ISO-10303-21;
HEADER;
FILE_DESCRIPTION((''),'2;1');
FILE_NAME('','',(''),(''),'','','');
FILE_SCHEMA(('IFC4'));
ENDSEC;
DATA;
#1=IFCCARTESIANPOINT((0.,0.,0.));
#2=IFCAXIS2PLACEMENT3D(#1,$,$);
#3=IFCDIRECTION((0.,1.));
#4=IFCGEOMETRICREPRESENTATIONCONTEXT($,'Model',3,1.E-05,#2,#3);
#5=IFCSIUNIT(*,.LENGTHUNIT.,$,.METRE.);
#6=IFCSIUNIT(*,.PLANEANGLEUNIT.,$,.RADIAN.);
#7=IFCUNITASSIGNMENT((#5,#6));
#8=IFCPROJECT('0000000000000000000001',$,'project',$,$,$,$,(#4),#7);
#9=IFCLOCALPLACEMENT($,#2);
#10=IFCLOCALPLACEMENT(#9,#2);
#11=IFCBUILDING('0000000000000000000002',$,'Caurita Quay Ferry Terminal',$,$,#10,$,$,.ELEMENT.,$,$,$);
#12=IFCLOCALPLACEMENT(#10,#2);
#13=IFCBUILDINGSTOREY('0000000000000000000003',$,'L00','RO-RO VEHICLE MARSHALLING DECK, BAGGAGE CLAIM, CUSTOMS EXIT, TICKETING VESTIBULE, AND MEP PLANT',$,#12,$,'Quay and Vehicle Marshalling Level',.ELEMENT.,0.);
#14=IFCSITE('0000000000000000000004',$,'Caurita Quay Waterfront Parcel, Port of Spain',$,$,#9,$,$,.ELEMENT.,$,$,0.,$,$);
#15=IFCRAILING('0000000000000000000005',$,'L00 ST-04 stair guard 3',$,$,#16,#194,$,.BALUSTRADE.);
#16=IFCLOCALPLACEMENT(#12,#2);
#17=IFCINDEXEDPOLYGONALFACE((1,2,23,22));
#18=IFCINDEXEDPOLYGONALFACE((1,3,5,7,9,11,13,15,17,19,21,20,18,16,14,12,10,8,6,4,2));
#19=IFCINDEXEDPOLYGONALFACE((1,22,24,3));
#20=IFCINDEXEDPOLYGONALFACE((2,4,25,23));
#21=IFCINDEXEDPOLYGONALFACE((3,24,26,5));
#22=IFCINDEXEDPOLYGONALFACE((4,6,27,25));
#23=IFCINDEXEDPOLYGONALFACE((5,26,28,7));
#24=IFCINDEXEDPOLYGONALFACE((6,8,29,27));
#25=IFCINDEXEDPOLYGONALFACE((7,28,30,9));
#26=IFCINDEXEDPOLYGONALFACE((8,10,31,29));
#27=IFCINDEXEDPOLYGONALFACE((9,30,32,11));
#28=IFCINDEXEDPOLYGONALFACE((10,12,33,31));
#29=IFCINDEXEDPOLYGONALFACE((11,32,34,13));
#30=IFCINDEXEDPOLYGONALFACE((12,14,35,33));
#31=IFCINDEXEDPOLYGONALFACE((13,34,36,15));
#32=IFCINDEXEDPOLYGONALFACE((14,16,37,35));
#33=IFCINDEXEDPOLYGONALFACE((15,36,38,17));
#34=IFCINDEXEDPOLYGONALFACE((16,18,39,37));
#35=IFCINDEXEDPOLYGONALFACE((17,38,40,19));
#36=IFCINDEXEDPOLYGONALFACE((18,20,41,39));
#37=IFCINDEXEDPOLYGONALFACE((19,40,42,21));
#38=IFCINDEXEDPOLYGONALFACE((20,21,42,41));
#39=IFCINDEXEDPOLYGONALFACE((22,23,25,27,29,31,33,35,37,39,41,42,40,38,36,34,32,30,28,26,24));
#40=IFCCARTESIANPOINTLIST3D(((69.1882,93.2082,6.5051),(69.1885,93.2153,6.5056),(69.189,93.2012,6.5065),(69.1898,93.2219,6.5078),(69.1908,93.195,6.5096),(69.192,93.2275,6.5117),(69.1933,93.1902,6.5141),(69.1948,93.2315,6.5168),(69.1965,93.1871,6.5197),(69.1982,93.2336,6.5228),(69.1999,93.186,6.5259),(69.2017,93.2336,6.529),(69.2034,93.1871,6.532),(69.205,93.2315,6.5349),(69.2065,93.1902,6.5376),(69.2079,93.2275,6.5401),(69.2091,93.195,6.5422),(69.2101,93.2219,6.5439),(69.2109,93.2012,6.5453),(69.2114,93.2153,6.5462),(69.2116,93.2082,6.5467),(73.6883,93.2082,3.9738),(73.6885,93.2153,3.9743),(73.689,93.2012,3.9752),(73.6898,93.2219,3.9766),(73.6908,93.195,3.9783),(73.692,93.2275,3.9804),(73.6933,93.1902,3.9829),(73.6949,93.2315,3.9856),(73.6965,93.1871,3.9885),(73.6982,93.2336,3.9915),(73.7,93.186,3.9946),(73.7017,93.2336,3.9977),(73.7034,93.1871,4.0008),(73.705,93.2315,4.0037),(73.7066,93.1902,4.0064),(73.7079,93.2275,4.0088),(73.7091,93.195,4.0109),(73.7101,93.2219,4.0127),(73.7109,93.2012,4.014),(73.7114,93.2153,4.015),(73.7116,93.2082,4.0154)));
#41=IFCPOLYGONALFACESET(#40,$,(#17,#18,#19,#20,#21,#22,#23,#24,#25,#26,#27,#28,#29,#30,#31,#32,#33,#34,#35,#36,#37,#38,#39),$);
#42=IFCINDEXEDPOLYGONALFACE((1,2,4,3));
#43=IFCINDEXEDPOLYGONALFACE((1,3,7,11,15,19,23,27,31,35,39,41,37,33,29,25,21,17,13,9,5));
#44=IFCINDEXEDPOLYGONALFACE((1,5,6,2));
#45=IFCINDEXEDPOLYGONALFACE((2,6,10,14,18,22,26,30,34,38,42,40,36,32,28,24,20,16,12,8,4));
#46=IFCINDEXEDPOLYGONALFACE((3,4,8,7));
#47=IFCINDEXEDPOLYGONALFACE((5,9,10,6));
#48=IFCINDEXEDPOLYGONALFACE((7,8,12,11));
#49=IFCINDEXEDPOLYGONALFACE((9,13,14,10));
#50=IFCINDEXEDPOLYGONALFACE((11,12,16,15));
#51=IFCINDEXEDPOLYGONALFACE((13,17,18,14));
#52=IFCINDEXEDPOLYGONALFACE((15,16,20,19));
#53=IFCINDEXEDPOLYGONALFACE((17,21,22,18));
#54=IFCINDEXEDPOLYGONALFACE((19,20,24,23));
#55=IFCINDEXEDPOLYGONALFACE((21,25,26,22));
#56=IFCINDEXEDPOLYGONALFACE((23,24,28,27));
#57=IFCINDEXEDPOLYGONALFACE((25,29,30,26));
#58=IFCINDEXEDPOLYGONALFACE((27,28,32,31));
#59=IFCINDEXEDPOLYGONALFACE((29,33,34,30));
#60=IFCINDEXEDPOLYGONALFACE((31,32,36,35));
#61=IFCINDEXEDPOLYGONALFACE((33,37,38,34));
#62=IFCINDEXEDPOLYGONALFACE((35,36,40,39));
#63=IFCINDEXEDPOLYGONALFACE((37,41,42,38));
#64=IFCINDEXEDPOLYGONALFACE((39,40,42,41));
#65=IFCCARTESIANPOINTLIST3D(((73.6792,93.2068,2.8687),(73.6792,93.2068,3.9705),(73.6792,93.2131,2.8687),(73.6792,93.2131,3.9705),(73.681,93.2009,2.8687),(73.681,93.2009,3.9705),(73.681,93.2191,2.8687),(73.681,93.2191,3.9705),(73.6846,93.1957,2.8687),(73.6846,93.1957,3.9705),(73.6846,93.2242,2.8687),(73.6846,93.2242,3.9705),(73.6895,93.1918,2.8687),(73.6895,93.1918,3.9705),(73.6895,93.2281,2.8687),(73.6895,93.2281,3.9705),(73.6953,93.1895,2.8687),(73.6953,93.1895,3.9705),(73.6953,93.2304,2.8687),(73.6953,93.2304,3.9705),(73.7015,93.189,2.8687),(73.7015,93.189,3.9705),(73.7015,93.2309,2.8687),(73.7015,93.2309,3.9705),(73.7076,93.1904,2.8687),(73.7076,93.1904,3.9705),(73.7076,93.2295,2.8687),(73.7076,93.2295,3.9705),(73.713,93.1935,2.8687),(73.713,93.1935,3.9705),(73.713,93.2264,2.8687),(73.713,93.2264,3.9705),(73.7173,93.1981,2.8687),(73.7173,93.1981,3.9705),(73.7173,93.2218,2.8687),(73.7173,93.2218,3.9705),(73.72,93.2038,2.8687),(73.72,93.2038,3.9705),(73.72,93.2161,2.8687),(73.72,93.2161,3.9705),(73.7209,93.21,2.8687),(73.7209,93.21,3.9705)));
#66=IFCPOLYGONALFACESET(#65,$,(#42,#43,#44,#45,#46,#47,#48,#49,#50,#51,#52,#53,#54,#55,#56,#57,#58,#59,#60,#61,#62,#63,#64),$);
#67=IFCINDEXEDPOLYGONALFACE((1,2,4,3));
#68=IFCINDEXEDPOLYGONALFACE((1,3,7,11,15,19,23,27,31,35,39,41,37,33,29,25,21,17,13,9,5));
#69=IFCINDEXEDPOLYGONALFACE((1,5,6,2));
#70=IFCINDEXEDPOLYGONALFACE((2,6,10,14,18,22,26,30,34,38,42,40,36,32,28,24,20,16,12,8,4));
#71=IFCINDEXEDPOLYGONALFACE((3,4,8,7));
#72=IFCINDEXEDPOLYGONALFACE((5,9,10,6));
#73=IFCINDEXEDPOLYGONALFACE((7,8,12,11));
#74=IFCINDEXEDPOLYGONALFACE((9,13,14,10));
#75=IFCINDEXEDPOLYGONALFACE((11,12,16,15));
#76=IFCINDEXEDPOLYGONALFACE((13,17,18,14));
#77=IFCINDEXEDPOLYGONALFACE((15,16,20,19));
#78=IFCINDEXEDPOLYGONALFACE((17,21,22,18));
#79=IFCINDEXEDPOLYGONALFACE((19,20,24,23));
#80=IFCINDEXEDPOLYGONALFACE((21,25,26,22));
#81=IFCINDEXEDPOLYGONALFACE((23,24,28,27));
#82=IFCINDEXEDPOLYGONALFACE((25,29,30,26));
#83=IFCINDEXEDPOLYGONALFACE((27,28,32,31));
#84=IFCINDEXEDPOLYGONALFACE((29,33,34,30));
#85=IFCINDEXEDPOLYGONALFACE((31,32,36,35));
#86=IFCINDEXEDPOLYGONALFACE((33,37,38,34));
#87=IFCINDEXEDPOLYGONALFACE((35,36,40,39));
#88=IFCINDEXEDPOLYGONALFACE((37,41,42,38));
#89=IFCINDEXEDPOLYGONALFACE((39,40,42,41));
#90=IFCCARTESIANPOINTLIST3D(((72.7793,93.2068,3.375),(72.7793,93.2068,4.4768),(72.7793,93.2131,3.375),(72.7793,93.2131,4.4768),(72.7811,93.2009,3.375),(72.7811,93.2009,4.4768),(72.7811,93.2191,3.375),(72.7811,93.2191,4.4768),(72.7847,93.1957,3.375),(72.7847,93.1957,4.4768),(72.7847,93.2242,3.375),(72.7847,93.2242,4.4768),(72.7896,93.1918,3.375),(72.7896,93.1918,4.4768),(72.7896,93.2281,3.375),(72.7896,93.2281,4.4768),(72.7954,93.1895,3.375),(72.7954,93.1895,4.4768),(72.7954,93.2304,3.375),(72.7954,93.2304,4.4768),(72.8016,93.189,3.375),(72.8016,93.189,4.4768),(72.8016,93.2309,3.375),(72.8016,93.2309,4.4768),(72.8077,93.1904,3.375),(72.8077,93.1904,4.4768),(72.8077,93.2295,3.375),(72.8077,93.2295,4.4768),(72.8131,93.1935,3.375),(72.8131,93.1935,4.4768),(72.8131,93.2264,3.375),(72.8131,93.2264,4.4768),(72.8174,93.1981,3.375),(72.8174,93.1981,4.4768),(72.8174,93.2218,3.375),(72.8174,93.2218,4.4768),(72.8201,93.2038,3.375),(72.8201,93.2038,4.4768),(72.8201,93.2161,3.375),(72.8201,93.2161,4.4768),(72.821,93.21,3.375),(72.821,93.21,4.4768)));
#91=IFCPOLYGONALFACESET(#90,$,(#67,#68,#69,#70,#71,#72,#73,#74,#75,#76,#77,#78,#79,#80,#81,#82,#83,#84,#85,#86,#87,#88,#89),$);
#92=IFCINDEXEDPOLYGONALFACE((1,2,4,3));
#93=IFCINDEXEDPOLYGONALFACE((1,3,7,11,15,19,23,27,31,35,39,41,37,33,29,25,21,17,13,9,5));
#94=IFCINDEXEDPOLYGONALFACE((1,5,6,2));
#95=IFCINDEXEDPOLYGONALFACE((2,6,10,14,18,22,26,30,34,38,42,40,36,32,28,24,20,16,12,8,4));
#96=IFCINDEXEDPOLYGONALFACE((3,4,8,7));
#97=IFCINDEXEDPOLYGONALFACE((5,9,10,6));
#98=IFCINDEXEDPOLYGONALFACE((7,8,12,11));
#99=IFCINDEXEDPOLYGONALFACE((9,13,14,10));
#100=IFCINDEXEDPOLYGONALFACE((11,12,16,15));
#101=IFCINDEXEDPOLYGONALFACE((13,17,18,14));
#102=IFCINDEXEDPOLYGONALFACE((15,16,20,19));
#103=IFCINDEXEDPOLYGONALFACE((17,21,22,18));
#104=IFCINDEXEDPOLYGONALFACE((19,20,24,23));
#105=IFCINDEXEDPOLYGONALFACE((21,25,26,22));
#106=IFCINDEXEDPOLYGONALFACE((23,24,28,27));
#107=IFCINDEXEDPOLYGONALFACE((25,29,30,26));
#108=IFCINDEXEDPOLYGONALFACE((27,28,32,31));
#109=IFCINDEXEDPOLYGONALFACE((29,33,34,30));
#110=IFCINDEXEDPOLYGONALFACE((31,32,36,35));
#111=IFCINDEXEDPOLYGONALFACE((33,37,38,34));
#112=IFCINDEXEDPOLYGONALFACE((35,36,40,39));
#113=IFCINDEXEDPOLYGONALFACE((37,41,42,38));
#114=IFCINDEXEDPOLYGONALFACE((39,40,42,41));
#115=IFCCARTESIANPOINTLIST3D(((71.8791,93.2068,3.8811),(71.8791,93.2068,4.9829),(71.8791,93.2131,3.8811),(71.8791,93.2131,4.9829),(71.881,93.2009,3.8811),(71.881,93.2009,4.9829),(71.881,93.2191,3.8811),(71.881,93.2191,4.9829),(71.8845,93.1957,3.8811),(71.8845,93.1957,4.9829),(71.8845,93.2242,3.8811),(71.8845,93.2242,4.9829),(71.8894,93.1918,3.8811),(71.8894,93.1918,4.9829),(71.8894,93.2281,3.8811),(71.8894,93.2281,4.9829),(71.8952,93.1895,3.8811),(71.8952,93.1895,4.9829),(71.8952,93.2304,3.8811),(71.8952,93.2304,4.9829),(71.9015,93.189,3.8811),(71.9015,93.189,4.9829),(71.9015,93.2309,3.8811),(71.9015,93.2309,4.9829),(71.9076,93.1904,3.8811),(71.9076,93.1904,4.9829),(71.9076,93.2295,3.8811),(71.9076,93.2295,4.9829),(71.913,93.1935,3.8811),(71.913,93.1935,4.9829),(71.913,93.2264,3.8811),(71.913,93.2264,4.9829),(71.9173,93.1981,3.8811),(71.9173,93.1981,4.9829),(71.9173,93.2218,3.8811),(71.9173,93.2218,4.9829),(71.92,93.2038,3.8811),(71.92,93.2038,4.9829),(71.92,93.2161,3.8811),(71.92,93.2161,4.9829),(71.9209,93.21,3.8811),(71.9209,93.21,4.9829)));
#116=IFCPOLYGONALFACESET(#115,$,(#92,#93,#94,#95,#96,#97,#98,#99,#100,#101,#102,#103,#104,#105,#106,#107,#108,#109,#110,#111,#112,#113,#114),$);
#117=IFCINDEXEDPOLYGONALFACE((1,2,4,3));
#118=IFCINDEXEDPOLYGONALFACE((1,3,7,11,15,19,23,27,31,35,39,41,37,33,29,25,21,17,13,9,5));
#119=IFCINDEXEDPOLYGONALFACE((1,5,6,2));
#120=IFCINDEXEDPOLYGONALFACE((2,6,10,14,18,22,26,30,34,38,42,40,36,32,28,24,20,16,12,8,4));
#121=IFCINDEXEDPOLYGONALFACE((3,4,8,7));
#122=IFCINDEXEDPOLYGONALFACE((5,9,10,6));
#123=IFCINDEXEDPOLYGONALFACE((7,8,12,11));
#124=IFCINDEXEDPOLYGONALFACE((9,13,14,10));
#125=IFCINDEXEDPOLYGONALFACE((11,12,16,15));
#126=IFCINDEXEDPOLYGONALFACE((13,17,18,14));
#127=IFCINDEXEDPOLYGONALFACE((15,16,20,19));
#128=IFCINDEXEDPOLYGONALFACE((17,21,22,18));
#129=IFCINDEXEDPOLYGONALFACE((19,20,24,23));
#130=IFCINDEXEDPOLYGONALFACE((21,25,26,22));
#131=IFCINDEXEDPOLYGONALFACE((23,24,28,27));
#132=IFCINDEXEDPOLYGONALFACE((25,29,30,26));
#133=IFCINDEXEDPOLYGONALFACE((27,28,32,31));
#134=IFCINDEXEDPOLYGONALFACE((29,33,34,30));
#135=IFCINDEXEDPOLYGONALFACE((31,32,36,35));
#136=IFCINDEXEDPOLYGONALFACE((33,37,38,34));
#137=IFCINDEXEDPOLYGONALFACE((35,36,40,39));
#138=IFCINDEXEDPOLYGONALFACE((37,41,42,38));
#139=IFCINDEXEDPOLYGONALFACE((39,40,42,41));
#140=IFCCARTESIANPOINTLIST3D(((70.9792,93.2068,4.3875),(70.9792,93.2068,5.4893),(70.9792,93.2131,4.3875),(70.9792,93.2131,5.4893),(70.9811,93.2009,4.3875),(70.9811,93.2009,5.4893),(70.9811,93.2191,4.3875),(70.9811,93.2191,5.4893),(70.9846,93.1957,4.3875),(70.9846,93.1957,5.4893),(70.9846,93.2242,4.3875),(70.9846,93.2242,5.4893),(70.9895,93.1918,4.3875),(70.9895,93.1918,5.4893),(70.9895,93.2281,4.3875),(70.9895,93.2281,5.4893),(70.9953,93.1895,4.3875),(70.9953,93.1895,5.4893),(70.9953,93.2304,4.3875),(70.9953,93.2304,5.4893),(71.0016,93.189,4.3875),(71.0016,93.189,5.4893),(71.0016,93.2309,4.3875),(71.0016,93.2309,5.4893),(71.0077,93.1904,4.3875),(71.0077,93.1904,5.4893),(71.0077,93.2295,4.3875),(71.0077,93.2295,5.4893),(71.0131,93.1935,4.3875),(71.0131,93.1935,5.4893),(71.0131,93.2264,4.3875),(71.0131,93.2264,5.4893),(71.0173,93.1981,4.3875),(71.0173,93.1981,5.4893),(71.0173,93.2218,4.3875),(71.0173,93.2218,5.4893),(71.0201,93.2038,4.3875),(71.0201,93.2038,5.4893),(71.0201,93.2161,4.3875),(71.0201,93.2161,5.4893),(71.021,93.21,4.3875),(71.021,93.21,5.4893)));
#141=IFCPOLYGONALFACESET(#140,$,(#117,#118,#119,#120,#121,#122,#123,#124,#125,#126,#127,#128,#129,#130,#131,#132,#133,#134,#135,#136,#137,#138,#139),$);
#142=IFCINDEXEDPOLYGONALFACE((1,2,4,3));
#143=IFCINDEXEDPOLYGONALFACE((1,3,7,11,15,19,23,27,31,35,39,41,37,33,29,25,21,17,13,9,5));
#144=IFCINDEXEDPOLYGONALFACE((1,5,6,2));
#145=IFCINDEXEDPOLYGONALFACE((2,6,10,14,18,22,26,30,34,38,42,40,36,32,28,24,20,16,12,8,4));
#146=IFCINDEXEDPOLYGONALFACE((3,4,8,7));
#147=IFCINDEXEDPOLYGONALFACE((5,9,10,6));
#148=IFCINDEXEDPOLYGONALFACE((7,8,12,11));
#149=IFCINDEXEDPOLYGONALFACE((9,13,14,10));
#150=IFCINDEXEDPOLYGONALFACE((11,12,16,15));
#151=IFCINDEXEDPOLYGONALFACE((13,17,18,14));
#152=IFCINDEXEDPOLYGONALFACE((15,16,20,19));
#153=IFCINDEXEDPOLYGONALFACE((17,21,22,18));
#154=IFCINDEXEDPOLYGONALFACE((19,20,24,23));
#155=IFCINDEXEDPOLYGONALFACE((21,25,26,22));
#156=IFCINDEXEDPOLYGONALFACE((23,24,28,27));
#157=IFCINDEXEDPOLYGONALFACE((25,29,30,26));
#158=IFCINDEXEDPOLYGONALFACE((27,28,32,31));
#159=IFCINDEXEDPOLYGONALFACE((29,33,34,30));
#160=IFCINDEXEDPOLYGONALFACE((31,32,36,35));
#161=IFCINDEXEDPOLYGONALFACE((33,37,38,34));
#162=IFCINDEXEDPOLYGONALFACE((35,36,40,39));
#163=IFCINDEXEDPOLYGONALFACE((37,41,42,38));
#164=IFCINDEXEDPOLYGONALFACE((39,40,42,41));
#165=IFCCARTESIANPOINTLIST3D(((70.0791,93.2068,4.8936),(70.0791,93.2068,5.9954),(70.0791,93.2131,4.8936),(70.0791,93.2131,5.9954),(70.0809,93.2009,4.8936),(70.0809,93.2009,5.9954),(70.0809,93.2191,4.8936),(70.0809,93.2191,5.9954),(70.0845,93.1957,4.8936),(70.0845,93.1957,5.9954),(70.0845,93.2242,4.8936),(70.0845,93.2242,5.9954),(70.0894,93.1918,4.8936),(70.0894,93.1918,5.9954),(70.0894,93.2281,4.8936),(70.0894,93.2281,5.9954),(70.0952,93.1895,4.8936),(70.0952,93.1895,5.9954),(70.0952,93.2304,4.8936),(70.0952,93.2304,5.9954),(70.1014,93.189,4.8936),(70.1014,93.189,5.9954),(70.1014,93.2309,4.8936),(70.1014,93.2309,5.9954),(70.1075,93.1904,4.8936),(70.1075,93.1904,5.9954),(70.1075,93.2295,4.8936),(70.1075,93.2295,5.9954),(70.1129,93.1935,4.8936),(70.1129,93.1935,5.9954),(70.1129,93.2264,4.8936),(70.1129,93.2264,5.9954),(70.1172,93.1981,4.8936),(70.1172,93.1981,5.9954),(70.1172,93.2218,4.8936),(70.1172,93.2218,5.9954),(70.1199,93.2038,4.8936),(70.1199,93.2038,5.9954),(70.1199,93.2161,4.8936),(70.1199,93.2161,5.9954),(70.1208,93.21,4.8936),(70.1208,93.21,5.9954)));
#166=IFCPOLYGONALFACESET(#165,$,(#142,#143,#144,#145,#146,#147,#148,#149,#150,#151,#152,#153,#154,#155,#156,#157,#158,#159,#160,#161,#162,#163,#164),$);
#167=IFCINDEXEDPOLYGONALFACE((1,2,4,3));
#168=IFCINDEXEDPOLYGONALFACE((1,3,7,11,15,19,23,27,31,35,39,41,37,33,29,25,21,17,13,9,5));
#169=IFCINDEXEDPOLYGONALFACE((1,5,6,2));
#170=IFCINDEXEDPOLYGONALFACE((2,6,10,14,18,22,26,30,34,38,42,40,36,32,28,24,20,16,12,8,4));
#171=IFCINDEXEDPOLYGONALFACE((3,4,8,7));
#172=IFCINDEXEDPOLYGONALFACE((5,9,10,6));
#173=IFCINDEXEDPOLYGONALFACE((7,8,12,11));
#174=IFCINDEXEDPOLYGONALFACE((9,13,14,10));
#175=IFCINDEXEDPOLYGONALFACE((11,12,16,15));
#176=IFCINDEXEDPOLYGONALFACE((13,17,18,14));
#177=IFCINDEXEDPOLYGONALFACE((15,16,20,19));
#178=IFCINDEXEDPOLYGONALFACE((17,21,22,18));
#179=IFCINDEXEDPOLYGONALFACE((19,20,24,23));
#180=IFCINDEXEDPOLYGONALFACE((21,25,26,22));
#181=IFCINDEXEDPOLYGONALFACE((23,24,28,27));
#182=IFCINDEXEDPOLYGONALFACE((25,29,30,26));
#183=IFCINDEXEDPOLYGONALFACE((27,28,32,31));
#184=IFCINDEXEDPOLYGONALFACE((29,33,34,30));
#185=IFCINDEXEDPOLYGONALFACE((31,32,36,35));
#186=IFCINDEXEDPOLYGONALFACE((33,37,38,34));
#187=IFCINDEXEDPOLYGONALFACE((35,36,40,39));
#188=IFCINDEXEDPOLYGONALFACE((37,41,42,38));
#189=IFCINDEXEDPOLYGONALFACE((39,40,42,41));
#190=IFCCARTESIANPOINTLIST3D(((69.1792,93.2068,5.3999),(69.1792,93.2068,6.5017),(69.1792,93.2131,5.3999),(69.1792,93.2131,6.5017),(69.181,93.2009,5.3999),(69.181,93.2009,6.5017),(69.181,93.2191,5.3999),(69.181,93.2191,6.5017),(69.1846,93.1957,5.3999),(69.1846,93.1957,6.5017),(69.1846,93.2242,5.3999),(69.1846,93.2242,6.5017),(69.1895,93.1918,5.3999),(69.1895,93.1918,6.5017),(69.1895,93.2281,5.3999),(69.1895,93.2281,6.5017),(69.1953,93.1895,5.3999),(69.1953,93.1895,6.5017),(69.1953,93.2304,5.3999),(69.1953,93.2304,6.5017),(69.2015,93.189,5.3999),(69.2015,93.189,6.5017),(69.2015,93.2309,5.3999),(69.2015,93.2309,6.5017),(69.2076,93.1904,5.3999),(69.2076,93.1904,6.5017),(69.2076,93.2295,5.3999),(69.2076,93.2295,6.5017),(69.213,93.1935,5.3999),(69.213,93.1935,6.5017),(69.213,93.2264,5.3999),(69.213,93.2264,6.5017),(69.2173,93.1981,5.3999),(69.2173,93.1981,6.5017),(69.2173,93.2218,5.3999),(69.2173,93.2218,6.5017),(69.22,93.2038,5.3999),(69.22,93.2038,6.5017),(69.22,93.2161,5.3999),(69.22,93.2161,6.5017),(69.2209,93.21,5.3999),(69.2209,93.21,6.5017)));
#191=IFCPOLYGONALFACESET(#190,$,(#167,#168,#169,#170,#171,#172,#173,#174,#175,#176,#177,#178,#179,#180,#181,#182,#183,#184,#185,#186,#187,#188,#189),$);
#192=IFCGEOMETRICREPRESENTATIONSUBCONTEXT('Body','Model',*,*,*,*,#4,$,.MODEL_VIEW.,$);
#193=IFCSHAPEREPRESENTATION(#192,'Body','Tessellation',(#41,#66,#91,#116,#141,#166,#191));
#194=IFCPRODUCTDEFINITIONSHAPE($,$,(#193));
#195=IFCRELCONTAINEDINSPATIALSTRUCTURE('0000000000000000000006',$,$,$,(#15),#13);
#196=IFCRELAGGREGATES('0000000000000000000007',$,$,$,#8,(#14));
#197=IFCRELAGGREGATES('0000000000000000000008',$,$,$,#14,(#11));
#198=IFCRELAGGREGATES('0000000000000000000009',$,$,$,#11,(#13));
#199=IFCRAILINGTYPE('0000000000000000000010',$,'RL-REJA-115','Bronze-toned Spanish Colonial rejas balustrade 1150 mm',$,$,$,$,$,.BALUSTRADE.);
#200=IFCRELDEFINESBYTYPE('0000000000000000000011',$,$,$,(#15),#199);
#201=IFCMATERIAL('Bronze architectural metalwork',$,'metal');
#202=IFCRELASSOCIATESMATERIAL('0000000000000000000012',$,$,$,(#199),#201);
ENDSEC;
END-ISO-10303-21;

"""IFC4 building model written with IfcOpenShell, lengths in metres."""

from ifc_helpers import new_model, si_unit, direction, frame, origin, origin_2d, place, context, subcontext, project, spatial, circle, extrude, material, type_object, element, save


model = new_model("IFC4")

# Units and contexts
model_context = context("Model", 3, precision=1e-05, world=origin(), true_north=direction((0.0, 1.0)))
body_context = subcontext(model_context, "Body", "Model", "MODEL_VIEW")
ifc_project = project(units=[si_unit("LENGTHUNIT", "METRE"), si_unit("PLANEANGLEUNIT", "RADIAN")], contexts=[model_context])

# Site, building, storey
site_placement = place(None, origin())
site = spatial("IfcSite", under=ifc_project, at=site_placement, Name="Caurita Quay Waterfront Parcel, Port of Spain", CompositionType="ELEMENT", RefElevation=0.0)
building_placement = place(site_placement, origin())
building = spatial("IfcBuilding", under=site, at=building_placement, Name="Caurita Quay Ferry Terminal", CompositionType="ELEMENT")
storey_placement = place(building_placement, origin())
storey = spatial("IfcBuildingStorey", under=building, at=storey_placement, Name="L00", Description="RO-RO VEHICLE MARSHALLING DECK, BAGGAGE CLAIM, CUSTOMS EXIT, TICKETING VESTIBULE, AND MEP PLANT", LongName="Quay and Vehicle Marshalling Level", CompositionType="ELEMENT", Elevation=0.0)

# Railing
ifc_material_1 = material(Name="Bronze architectural metalwork", Category="metal")
railing_type_1 = type_object("IfcRailingType", Name="RL-REJA-115", Description="Bronze-toned Spanish Colonial rejas balustrade 1150 mm", PredefinedType="BALUSTRADE", material=ifc_material_1)
railing_1_placement = place(storey_placement, frame((73.7, 93.21, 2.8687)))
element("IfcRailing", 1, at=railing_1_placement, inside=storey, type_object=railing_type_1, Name="L00 ST-04 stair guard 3", PredefinedType="BALUSTRADE", context=body_context, shape_type="SweptSolid", body=[
    extrude(circle(Radius=0.0239, at=origin_2d()), frame((0.0, 0.0, 1.126), z_axis=(-0.871576, 0.0, 0.490261), x_axis=(0.0, -1.0, 0.0)), (0.0, 0.0, 1.0), 5.1631),
    extrude(circle(Radius=0.021, at=origin_2d()), origin(), (0.0, 0.0, 1.0), 1.1018),
    extrude(circle(Radius=0.021, at=origin_2d()), frame((-0.8999, 0.0, 0.5063)), (0.0, 0.0, 1.0), 1.1018),
    extrude(circle(Radius=0.021, at=origin_2d()), frame((-1.8, 0.0, 1.0125)), (0.0, 0.0, 1.0), 1.1018),
    extrude(circle(Radius=0.021, at=origin_2d()), frame((-2.7, 0.0, 1.5188)), (0.0, 0.0, 1.0), 1.1018),
    extrude(circle(Radius=0.021, at=origin_2d()), frame((-3.6001, 0.0, 2.0249)), (0.0, 0.0, 1.0), 1.1018),
    extrude(circle(Radius=0.021, at=origin_2d()), frame((-4.5, 0.0, 2.5312)), (0.0, 0.0, 1.0), 1.1018),
])

save(model, "model.ifc")
